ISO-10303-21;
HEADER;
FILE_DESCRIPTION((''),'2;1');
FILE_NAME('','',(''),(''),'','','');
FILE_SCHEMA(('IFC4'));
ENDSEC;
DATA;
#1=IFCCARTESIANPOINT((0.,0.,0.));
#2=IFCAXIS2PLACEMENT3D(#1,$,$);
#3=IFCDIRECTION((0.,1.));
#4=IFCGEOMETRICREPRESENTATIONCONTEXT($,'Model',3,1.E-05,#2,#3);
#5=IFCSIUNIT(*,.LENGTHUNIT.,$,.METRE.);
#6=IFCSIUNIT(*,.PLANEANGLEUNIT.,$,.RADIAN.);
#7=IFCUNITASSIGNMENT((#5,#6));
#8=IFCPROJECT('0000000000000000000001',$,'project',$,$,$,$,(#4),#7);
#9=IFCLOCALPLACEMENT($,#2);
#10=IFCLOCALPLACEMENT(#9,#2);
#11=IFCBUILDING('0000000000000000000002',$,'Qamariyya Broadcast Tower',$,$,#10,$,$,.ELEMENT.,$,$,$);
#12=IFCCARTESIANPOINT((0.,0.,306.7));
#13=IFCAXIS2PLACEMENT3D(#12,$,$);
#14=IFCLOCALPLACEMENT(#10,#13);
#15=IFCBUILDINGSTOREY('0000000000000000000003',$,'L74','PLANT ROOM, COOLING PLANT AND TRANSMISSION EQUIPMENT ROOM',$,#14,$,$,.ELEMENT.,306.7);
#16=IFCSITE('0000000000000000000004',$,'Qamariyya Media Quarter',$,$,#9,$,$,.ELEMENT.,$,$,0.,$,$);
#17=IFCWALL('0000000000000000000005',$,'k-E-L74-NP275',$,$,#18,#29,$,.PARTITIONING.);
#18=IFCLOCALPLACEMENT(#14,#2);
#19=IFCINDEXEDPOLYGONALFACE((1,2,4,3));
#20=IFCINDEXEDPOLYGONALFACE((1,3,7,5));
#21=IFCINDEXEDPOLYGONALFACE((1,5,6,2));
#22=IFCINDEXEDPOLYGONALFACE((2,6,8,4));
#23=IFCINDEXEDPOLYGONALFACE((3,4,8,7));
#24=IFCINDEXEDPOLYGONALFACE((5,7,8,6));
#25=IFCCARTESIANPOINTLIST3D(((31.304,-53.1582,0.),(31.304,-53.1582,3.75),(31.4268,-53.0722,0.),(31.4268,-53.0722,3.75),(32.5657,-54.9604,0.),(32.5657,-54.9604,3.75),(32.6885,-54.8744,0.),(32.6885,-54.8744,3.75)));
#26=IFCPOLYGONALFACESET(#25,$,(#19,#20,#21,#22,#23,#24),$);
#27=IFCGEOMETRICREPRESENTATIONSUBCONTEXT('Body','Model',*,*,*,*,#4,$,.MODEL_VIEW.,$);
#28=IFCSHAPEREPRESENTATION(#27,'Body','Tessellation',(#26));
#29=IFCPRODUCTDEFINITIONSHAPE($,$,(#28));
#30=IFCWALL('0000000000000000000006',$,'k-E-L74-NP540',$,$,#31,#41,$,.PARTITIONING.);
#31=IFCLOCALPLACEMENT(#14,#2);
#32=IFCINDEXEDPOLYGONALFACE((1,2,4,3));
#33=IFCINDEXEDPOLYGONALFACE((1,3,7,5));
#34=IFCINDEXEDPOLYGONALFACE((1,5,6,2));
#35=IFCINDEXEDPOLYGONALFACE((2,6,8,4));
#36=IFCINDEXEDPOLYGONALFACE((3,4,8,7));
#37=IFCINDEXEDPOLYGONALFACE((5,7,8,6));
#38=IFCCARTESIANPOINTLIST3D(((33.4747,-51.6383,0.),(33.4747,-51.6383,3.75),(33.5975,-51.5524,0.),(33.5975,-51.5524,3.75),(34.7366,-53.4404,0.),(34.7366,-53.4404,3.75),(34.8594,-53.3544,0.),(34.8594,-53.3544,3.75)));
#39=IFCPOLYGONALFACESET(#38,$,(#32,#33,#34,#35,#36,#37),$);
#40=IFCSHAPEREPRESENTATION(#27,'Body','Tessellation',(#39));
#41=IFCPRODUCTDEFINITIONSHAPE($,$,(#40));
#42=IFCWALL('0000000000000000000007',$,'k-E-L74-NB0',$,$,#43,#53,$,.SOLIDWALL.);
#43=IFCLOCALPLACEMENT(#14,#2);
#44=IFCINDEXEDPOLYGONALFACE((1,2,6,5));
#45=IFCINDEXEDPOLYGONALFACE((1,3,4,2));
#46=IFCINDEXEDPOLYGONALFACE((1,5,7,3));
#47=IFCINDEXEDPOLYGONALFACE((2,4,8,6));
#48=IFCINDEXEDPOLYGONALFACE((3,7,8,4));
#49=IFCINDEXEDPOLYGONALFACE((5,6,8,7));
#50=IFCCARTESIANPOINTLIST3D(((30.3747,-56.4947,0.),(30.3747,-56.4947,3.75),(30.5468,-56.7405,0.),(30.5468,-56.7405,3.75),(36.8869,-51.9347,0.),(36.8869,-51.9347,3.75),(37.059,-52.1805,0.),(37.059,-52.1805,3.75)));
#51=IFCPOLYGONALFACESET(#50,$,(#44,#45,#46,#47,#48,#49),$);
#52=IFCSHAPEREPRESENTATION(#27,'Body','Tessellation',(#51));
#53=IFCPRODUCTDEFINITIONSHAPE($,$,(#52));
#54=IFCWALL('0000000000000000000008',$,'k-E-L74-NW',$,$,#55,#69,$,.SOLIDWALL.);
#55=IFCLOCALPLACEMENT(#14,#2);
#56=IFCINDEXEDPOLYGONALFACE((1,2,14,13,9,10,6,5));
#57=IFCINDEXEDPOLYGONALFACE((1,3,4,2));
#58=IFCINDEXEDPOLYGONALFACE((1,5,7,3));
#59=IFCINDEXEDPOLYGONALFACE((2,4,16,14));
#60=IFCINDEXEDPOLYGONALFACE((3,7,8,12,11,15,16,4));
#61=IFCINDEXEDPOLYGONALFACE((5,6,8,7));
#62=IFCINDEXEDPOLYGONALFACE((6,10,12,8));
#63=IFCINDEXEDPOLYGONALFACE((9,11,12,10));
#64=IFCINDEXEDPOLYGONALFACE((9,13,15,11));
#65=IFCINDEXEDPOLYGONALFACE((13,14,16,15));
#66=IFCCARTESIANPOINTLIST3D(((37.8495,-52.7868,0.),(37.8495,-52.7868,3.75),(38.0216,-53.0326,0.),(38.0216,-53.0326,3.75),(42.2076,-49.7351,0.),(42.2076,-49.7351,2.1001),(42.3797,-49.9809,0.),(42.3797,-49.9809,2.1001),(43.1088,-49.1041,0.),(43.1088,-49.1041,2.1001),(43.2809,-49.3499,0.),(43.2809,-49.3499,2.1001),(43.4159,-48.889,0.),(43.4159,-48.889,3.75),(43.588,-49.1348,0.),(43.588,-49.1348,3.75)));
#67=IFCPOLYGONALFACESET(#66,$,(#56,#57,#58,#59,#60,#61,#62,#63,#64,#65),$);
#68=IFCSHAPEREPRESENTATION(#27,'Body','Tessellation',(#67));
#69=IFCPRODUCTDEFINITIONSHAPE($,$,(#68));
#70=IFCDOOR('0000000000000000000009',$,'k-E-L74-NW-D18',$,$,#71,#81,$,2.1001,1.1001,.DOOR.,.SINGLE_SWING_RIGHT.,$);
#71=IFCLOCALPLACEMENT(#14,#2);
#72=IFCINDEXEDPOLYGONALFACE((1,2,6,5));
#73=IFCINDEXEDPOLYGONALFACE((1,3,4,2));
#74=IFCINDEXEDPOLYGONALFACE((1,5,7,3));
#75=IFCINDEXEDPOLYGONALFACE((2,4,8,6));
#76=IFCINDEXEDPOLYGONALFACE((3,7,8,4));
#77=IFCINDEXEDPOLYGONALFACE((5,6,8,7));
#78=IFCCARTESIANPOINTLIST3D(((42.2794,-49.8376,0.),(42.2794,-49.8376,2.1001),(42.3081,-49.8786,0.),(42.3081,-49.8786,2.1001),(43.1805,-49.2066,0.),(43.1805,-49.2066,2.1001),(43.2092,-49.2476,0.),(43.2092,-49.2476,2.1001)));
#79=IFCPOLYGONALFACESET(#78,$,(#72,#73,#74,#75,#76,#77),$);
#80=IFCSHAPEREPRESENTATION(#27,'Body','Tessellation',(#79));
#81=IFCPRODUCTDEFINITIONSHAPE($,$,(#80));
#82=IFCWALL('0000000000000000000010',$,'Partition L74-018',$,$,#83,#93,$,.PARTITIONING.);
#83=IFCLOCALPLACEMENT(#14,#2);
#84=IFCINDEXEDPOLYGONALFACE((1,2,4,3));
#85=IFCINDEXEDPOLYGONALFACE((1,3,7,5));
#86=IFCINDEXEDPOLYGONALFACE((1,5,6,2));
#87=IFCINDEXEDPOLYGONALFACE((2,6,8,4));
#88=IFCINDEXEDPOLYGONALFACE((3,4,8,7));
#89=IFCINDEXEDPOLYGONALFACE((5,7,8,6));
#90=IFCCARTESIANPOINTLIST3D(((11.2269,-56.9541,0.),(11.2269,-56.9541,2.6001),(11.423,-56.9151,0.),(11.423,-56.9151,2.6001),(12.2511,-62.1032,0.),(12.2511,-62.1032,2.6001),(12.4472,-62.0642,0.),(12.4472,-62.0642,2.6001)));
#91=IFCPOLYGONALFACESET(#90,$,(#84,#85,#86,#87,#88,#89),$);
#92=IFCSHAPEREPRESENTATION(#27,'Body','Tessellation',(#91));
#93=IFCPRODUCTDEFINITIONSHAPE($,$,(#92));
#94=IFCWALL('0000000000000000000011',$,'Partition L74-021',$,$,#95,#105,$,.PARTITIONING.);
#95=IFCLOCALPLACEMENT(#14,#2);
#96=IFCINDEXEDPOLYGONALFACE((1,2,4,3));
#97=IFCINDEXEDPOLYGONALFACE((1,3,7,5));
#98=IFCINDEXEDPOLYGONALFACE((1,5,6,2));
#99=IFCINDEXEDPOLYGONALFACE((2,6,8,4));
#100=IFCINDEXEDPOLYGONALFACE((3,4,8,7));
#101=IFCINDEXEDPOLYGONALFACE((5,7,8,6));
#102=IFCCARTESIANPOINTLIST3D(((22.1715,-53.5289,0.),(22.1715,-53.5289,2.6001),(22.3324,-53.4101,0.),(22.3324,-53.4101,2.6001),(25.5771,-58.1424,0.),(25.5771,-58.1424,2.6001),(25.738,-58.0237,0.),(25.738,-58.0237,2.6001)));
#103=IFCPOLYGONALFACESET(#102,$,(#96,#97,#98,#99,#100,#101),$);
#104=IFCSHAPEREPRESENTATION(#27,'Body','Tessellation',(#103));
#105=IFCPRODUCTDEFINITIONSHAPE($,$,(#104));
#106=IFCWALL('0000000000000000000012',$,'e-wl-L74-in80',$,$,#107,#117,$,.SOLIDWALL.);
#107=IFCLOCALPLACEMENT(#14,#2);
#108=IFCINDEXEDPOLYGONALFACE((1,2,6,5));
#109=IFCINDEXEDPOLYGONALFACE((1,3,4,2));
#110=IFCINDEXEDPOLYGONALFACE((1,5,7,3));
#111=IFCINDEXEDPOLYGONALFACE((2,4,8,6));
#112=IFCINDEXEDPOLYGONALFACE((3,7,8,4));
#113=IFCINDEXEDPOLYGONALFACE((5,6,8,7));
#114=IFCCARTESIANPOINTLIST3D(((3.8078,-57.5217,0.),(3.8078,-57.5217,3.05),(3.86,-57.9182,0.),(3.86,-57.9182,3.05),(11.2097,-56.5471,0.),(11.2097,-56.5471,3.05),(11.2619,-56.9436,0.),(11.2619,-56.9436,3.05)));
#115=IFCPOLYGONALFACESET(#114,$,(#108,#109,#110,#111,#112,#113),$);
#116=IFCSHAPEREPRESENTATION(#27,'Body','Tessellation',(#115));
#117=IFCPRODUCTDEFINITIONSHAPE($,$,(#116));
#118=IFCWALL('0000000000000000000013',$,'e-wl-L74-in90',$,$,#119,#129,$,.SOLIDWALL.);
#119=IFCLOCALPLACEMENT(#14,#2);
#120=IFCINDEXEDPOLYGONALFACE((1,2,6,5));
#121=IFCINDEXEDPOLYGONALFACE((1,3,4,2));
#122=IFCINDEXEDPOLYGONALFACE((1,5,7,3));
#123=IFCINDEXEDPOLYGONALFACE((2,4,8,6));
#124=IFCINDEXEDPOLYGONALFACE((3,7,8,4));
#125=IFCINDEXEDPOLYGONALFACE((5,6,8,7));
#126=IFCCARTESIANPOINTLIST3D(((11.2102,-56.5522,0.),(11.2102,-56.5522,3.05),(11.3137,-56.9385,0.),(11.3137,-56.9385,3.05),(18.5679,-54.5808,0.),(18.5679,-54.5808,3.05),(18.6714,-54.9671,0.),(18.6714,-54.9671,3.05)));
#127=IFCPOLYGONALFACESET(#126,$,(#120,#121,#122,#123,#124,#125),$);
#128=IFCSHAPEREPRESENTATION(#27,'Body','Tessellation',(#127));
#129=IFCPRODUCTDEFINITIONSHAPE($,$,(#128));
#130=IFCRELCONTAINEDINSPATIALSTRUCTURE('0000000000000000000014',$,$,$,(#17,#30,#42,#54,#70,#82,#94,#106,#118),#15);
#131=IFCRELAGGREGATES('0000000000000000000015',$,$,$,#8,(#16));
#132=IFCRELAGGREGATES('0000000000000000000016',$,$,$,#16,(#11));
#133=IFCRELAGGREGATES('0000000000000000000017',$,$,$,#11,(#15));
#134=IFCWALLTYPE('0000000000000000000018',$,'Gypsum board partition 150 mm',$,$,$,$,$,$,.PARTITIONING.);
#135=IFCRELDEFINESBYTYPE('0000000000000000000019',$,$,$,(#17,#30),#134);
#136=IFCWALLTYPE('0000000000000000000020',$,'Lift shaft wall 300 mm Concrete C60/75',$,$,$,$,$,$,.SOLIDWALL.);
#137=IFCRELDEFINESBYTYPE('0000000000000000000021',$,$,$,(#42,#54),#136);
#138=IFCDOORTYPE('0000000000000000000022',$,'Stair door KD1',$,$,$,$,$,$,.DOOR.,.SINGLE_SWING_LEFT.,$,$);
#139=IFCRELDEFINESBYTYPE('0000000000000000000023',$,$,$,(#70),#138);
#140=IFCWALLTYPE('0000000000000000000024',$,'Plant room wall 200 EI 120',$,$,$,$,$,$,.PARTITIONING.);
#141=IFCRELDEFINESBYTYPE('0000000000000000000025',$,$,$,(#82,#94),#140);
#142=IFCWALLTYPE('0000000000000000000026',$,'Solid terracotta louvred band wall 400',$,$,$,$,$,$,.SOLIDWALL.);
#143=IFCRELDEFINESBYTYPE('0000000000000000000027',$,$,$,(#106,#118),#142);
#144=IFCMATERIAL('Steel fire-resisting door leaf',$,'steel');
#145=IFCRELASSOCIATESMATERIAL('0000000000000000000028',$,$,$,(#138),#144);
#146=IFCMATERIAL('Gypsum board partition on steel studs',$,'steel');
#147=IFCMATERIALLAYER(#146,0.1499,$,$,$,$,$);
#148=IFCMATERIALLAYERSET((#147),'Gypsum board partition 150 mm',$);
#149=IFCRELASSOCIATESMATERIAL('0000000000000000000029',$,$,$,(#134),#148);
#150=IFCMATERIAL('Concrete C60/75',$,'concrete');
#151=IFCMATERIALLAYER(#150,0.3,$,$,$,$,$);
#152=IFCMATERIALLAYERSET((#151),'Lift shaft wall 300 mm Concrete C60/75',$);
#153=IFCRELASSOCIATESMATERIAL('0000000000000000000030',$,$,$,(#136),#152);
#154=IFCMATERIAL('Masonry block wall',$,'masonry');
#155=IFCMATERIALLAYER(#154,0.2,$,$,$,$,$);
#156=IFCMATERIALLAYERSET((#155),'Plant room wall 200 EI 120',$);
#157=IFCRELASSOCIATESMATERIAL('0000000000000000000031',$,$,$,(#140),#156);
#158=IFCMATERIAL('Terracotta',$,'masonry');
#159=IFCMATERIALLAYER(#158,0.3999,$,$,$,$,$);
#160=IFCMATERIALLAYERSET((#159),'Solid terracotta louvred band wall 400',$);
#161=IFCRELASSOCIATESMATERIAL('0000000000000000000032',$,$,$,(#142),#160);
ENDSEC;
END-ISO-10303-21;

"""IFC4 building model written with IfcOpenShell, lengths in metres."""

from ifc_helpers import new_model, si_unit, direction, frame, frame_2d, origin, place, context, subcontext, project, spatial, rectangle, extrude, material, layer, layer_set, type_object, element, fill, save


model = new_model("IFC4")

# Units and contexts
model_context = context("Model", 3, precision=1e-05, world=origin(), true_north=direction((0.0, 1.0)))
body_context = subcontext(model_context, "Body", "Model", "MODEL_VIEW")
ifc_project = project(units=[si_unit("LENGTHUNIT", "METRE"), si_unit("PLANEANGLEUNIT", "RADIAN")], contexts=[model_context])

# Site, building, storey
site_placement = place(None, origin())
site = spatial("IfcSite", under=ifc_project, at=site_placement, Name="Qamariyya Media Quarter", CompositionType="ELEMENT", RefElevation=0.0)
building_placement = place(site_placement, origin())
building = spatial("IfcBuilding", under=site, at=building_placement, Name="Qamariyya Broadcast Tower", CompositionType="ELEMENT")
storey_placement = place(building_placement, frame((0.0, 0.0, 306.7)))
storey = spatial("IfcBuildingStorey", under=building, at=storey_placement, Name="L74", Description="PLANT ROOM, COOLING PLANT AND TRANSMISSION EQUIPMENT ROOM", CompositionType="ELEMENT", Elevation=306.7)

# Shared definitions
ifc_material_1 = material(Name="Concrete C60/75", Category="concrete")
ifc_material_2 = material(Name="Steel fire-resisting door leaf", Category="steel")
door_type_1 = type_object("IfcDoorType", Name="Stair door KD1", OperationType="SINGLE_SWING_LEFT", PredefinedType="DOOR", material=ifc_material_2)

# Walls
ifc_material_3 = material(Name="Gypsum board partition on steel studs", Category="steel")
ifc_layer_1 = layer(ifc_material_3, 0.1499)
ifc_layer_set_1 = layer_set([ifc_layer_1], Name="Gypsum board partition 150 mm")
wall_type_1 = type_object("IfcWallType", Name="Gypsum board partition 150 mm", PredefinedType="PARTITIONING", material=ifc_layer_set_1)
for number, where, z_axis, x_axis, name in (
    (1, (32.6272, -54.9175, 0.0), (0.0, 0.0, 1.0), (-0.573507, 0.819201, 0.0), "k-E-L74-NP275"),
    (2, (34.7981, -53.3975, 0.0), (0.0, 0.0, 1.0), (-0.573634, 0.819112, 0.0), "k-E-L74-NP540"),
):
    element("IfcWall", number, at=place(storey_placement, frame(where, z_axis=z_axis, x_axis=x_axis)), inside=storey, type_object=wall_type_1, Name=name, PredefinedType="PARTITIONING", context=body_context, shape_type="SweptSolid", body=[
        extrude(rectangle(XDim=2.2, YDim=0.1499, at=frame_2d((1.1001, 0.0))), origin(), (0.0, 0.0, 1.0), 3.75),
    ])
ifc_layer_2 = layer(ifc_material_1, 0.3)
ifc_layer_set_2 = layer_set([ifc_layer_2], Name="Lift shaft wall 300 mm Concrete C60/75")
wall_type_2 = type_object("IfcWallType", Name="Lift shaft wall 300 mm Concrete C60/75", PredefinedType="SOLIDWALL", material=ifc_layer_set_2)
wall_1_placement = place(storey_placement, frame((30.4607, -56.6177, 0.0), z_axis=(0.0, 0.0, 1.0), x_axis=(0.819142, 0.57359, 0.0)))
element("IfcWall", 3, at=wall_1_placement, inside=storey, type_object=wall_type_2, Name="k-E-L74-NB0", PredefinedType="SOLIDWALL", context=body_context, shape_type="SweptSolid", body=[
    extrude(rectangle(XDim=7.95, YDim=0.3, at=frame_2d((3.9751, 0.0))), origin(), (0.0, 0.0, 1.0), 3.75),
])

# Wall, opening, door
wall_2_placement = place(storey_placement, frame((37.9355, -52.9097, 0.0), z_axis=(0.0, 0.0, 1.0), x_axis=(0.819148, 0.573583, 0.0)))
wall_2 = element("IfcWall", 4, at=wall_2_placement, inside=storey, type_object=wall_type_2, Name="k-E-L74-NW", PredefinedType="SOLIDWALL", context=body_context, shape_type="SweptSolid", body=[
    extrude(rectangle(XDim=6.7954, YDim=0.3, at=frame_2d((3.3977, 0.0))), origin(), (0.0, 0.0, 1.0), 3.75),
])
opening_1_placement = place(wall_2_placement, frame((5.3203, 0.0, 0.0)))
opening_1 = element("IfcOpeningElement", 5, at=opening_1_placement, cuts=wall_2, PredefinedType="OPENING", context=body_context, shape_type="SweptSolid", body=[
    extrude(rectangle(XDim=1.1001, YDim=2.1001, at=frame_2d((0.55, 1.05))), frame((0.0, 0.1599, 0.0), z_axis=(0.0, -1.0, 0.0), x_axis=(1.0, 0.0, 0.0)), (0.0, 0.0, 1.0), 0.3201),
])
door_1_placement = place(opening_1_placement, origin())
door_1 = element("IfcDoor", 6, at=door_1_placement, inside=storey, type_object=door_type_1, Name="k-E-L74-NW-D18", OperationType="SINGLE_SWING_RIGHT", OverallHeight=2.1001, OverallWidth=1.1001, PredefinedType="DOOR", context=body_context, shape_type="SweptSolid", body=[
    extrude(rectangle(XDim=1.1001, YDim=2.1001, at=frame_2d((0.55, 1.05))), frame((0.0, 0.0249, 0.0), z_axis=(0.0, -1.0, 0.0), x_axis=(1.0, 0.0, 0.0)), (0.0, 0.0, 1.0), 0.05),
])
fill(opening_1, door_1)

# Walls
ifc_material_4 = material(Name="Masonry block wall", Category="masonry")
ifc_layer_3 = layer(ifc_material_4, 0.2)
ifc_layer_set_3 = layer_set([ifc_layer_3], Name="Plant room wall 200 EI 120")
wall_type_3 = type_object("IfcWallType", Name="Plant room wall 200 EI 120", PredefinedType="PARTITIONING", material=ifc_layer_set_3)
wall_3_placement = place(storey_placement, frame((11.325, -56.9346, 0.0), z_axis=(0.0, 0.0, 1.0), x_axis=(0.195079, -0.980788, 0.0)))
element("IfcWall", 7, at=wall_3_placement, inside=storey, type_object=wall_type_3, Name="Partition L74-018", PredefinedType="PARTITIONING", context=body_context, shape_type="SweptSolid", body=[
    extrude(rectangle(XDim=5.25, YDim=0.2, at=frame_2d((2.625, 0.0))), origin(), (0.0, 0.0, 1.0), 2.6001),
])
wall_4_placement = place(storey_placement, frame((22.252, -53.4695, 0.0), z_axis=(0.0, 0.0, 1.0), x_axis=(0.593886, -0.804549, 0.0)))
element("IfcWall", 8, at=wall_4_placement, inside=storey, type_object=wall_type_3, Name="Partition L74-021", PredefinedType="PARTITIONING", context=body_context, shape_type="SweptSolid", body=[
    extrude(rectangle(XDim=5.7344, YDim=0.2, at=frame_2d((2.8672, 0.0))), origin(), (0.0, 0.0, 1.0), 2.6001),
])
ifc_material_5 = material(Name="Terracotta", Category="masonry")
ifc_layer_4 = layer(ifc_material_5, 0.3999)
ifc_layer_set_4 = layer_set([ifc_layer_4], Name="Solid terracotta louvred band wall 400")
wall_type_4 = type_object("IfcWallType", Name="Solid terracotta louvred band wall 400", PredefinedType="SOLIDWALL", material=ifc_layer_set_4)
wall_5_placement = place(storey_placement, frame((11.2358, -56.7454, 0.0), z_axis=(0.0, 0.0, 1.0), x_axis=(-0.991442, -0.130544, 0.0)))
element("IfcWall", 9, at=wall_5_placement, inside=storey, type_object=wall_type_4, Name="e-wl-L74-in80", PredefinedType="SOLIDWALL", context=body_context, shape_type="SweptSolid", body=[
    extrude(rectangle(XDim=7.4658, YDim=0.3999, at=frame_2d((3.7329, 0.0))), origin(), (0.0, 0.0, 1.0), 3.05),
])
wall_6_placement = place(storey_placement, frame((18.6196, -54.7739, 0.0), z_axis=(0.0, 0.0, 1.0), x_axis=(-0.965927, -0.258814, 0.0)))
element("IfcWall", 10, at=wall_6_placement, inside=storey, type_object=wall_type_4, Name="e-wl-L74-in90", PredefinedType="SOLIDWALL", context=body_context, shape_type="SweptSolid", body=[
    extrude(rectangle(XDim=7.6172, YDim=0.3999, at=frame_2d((3.8086, 0.0))), origin(), (0.0, 0.0, 1.0), 3.05),
])

save(model, "model.ifc")
